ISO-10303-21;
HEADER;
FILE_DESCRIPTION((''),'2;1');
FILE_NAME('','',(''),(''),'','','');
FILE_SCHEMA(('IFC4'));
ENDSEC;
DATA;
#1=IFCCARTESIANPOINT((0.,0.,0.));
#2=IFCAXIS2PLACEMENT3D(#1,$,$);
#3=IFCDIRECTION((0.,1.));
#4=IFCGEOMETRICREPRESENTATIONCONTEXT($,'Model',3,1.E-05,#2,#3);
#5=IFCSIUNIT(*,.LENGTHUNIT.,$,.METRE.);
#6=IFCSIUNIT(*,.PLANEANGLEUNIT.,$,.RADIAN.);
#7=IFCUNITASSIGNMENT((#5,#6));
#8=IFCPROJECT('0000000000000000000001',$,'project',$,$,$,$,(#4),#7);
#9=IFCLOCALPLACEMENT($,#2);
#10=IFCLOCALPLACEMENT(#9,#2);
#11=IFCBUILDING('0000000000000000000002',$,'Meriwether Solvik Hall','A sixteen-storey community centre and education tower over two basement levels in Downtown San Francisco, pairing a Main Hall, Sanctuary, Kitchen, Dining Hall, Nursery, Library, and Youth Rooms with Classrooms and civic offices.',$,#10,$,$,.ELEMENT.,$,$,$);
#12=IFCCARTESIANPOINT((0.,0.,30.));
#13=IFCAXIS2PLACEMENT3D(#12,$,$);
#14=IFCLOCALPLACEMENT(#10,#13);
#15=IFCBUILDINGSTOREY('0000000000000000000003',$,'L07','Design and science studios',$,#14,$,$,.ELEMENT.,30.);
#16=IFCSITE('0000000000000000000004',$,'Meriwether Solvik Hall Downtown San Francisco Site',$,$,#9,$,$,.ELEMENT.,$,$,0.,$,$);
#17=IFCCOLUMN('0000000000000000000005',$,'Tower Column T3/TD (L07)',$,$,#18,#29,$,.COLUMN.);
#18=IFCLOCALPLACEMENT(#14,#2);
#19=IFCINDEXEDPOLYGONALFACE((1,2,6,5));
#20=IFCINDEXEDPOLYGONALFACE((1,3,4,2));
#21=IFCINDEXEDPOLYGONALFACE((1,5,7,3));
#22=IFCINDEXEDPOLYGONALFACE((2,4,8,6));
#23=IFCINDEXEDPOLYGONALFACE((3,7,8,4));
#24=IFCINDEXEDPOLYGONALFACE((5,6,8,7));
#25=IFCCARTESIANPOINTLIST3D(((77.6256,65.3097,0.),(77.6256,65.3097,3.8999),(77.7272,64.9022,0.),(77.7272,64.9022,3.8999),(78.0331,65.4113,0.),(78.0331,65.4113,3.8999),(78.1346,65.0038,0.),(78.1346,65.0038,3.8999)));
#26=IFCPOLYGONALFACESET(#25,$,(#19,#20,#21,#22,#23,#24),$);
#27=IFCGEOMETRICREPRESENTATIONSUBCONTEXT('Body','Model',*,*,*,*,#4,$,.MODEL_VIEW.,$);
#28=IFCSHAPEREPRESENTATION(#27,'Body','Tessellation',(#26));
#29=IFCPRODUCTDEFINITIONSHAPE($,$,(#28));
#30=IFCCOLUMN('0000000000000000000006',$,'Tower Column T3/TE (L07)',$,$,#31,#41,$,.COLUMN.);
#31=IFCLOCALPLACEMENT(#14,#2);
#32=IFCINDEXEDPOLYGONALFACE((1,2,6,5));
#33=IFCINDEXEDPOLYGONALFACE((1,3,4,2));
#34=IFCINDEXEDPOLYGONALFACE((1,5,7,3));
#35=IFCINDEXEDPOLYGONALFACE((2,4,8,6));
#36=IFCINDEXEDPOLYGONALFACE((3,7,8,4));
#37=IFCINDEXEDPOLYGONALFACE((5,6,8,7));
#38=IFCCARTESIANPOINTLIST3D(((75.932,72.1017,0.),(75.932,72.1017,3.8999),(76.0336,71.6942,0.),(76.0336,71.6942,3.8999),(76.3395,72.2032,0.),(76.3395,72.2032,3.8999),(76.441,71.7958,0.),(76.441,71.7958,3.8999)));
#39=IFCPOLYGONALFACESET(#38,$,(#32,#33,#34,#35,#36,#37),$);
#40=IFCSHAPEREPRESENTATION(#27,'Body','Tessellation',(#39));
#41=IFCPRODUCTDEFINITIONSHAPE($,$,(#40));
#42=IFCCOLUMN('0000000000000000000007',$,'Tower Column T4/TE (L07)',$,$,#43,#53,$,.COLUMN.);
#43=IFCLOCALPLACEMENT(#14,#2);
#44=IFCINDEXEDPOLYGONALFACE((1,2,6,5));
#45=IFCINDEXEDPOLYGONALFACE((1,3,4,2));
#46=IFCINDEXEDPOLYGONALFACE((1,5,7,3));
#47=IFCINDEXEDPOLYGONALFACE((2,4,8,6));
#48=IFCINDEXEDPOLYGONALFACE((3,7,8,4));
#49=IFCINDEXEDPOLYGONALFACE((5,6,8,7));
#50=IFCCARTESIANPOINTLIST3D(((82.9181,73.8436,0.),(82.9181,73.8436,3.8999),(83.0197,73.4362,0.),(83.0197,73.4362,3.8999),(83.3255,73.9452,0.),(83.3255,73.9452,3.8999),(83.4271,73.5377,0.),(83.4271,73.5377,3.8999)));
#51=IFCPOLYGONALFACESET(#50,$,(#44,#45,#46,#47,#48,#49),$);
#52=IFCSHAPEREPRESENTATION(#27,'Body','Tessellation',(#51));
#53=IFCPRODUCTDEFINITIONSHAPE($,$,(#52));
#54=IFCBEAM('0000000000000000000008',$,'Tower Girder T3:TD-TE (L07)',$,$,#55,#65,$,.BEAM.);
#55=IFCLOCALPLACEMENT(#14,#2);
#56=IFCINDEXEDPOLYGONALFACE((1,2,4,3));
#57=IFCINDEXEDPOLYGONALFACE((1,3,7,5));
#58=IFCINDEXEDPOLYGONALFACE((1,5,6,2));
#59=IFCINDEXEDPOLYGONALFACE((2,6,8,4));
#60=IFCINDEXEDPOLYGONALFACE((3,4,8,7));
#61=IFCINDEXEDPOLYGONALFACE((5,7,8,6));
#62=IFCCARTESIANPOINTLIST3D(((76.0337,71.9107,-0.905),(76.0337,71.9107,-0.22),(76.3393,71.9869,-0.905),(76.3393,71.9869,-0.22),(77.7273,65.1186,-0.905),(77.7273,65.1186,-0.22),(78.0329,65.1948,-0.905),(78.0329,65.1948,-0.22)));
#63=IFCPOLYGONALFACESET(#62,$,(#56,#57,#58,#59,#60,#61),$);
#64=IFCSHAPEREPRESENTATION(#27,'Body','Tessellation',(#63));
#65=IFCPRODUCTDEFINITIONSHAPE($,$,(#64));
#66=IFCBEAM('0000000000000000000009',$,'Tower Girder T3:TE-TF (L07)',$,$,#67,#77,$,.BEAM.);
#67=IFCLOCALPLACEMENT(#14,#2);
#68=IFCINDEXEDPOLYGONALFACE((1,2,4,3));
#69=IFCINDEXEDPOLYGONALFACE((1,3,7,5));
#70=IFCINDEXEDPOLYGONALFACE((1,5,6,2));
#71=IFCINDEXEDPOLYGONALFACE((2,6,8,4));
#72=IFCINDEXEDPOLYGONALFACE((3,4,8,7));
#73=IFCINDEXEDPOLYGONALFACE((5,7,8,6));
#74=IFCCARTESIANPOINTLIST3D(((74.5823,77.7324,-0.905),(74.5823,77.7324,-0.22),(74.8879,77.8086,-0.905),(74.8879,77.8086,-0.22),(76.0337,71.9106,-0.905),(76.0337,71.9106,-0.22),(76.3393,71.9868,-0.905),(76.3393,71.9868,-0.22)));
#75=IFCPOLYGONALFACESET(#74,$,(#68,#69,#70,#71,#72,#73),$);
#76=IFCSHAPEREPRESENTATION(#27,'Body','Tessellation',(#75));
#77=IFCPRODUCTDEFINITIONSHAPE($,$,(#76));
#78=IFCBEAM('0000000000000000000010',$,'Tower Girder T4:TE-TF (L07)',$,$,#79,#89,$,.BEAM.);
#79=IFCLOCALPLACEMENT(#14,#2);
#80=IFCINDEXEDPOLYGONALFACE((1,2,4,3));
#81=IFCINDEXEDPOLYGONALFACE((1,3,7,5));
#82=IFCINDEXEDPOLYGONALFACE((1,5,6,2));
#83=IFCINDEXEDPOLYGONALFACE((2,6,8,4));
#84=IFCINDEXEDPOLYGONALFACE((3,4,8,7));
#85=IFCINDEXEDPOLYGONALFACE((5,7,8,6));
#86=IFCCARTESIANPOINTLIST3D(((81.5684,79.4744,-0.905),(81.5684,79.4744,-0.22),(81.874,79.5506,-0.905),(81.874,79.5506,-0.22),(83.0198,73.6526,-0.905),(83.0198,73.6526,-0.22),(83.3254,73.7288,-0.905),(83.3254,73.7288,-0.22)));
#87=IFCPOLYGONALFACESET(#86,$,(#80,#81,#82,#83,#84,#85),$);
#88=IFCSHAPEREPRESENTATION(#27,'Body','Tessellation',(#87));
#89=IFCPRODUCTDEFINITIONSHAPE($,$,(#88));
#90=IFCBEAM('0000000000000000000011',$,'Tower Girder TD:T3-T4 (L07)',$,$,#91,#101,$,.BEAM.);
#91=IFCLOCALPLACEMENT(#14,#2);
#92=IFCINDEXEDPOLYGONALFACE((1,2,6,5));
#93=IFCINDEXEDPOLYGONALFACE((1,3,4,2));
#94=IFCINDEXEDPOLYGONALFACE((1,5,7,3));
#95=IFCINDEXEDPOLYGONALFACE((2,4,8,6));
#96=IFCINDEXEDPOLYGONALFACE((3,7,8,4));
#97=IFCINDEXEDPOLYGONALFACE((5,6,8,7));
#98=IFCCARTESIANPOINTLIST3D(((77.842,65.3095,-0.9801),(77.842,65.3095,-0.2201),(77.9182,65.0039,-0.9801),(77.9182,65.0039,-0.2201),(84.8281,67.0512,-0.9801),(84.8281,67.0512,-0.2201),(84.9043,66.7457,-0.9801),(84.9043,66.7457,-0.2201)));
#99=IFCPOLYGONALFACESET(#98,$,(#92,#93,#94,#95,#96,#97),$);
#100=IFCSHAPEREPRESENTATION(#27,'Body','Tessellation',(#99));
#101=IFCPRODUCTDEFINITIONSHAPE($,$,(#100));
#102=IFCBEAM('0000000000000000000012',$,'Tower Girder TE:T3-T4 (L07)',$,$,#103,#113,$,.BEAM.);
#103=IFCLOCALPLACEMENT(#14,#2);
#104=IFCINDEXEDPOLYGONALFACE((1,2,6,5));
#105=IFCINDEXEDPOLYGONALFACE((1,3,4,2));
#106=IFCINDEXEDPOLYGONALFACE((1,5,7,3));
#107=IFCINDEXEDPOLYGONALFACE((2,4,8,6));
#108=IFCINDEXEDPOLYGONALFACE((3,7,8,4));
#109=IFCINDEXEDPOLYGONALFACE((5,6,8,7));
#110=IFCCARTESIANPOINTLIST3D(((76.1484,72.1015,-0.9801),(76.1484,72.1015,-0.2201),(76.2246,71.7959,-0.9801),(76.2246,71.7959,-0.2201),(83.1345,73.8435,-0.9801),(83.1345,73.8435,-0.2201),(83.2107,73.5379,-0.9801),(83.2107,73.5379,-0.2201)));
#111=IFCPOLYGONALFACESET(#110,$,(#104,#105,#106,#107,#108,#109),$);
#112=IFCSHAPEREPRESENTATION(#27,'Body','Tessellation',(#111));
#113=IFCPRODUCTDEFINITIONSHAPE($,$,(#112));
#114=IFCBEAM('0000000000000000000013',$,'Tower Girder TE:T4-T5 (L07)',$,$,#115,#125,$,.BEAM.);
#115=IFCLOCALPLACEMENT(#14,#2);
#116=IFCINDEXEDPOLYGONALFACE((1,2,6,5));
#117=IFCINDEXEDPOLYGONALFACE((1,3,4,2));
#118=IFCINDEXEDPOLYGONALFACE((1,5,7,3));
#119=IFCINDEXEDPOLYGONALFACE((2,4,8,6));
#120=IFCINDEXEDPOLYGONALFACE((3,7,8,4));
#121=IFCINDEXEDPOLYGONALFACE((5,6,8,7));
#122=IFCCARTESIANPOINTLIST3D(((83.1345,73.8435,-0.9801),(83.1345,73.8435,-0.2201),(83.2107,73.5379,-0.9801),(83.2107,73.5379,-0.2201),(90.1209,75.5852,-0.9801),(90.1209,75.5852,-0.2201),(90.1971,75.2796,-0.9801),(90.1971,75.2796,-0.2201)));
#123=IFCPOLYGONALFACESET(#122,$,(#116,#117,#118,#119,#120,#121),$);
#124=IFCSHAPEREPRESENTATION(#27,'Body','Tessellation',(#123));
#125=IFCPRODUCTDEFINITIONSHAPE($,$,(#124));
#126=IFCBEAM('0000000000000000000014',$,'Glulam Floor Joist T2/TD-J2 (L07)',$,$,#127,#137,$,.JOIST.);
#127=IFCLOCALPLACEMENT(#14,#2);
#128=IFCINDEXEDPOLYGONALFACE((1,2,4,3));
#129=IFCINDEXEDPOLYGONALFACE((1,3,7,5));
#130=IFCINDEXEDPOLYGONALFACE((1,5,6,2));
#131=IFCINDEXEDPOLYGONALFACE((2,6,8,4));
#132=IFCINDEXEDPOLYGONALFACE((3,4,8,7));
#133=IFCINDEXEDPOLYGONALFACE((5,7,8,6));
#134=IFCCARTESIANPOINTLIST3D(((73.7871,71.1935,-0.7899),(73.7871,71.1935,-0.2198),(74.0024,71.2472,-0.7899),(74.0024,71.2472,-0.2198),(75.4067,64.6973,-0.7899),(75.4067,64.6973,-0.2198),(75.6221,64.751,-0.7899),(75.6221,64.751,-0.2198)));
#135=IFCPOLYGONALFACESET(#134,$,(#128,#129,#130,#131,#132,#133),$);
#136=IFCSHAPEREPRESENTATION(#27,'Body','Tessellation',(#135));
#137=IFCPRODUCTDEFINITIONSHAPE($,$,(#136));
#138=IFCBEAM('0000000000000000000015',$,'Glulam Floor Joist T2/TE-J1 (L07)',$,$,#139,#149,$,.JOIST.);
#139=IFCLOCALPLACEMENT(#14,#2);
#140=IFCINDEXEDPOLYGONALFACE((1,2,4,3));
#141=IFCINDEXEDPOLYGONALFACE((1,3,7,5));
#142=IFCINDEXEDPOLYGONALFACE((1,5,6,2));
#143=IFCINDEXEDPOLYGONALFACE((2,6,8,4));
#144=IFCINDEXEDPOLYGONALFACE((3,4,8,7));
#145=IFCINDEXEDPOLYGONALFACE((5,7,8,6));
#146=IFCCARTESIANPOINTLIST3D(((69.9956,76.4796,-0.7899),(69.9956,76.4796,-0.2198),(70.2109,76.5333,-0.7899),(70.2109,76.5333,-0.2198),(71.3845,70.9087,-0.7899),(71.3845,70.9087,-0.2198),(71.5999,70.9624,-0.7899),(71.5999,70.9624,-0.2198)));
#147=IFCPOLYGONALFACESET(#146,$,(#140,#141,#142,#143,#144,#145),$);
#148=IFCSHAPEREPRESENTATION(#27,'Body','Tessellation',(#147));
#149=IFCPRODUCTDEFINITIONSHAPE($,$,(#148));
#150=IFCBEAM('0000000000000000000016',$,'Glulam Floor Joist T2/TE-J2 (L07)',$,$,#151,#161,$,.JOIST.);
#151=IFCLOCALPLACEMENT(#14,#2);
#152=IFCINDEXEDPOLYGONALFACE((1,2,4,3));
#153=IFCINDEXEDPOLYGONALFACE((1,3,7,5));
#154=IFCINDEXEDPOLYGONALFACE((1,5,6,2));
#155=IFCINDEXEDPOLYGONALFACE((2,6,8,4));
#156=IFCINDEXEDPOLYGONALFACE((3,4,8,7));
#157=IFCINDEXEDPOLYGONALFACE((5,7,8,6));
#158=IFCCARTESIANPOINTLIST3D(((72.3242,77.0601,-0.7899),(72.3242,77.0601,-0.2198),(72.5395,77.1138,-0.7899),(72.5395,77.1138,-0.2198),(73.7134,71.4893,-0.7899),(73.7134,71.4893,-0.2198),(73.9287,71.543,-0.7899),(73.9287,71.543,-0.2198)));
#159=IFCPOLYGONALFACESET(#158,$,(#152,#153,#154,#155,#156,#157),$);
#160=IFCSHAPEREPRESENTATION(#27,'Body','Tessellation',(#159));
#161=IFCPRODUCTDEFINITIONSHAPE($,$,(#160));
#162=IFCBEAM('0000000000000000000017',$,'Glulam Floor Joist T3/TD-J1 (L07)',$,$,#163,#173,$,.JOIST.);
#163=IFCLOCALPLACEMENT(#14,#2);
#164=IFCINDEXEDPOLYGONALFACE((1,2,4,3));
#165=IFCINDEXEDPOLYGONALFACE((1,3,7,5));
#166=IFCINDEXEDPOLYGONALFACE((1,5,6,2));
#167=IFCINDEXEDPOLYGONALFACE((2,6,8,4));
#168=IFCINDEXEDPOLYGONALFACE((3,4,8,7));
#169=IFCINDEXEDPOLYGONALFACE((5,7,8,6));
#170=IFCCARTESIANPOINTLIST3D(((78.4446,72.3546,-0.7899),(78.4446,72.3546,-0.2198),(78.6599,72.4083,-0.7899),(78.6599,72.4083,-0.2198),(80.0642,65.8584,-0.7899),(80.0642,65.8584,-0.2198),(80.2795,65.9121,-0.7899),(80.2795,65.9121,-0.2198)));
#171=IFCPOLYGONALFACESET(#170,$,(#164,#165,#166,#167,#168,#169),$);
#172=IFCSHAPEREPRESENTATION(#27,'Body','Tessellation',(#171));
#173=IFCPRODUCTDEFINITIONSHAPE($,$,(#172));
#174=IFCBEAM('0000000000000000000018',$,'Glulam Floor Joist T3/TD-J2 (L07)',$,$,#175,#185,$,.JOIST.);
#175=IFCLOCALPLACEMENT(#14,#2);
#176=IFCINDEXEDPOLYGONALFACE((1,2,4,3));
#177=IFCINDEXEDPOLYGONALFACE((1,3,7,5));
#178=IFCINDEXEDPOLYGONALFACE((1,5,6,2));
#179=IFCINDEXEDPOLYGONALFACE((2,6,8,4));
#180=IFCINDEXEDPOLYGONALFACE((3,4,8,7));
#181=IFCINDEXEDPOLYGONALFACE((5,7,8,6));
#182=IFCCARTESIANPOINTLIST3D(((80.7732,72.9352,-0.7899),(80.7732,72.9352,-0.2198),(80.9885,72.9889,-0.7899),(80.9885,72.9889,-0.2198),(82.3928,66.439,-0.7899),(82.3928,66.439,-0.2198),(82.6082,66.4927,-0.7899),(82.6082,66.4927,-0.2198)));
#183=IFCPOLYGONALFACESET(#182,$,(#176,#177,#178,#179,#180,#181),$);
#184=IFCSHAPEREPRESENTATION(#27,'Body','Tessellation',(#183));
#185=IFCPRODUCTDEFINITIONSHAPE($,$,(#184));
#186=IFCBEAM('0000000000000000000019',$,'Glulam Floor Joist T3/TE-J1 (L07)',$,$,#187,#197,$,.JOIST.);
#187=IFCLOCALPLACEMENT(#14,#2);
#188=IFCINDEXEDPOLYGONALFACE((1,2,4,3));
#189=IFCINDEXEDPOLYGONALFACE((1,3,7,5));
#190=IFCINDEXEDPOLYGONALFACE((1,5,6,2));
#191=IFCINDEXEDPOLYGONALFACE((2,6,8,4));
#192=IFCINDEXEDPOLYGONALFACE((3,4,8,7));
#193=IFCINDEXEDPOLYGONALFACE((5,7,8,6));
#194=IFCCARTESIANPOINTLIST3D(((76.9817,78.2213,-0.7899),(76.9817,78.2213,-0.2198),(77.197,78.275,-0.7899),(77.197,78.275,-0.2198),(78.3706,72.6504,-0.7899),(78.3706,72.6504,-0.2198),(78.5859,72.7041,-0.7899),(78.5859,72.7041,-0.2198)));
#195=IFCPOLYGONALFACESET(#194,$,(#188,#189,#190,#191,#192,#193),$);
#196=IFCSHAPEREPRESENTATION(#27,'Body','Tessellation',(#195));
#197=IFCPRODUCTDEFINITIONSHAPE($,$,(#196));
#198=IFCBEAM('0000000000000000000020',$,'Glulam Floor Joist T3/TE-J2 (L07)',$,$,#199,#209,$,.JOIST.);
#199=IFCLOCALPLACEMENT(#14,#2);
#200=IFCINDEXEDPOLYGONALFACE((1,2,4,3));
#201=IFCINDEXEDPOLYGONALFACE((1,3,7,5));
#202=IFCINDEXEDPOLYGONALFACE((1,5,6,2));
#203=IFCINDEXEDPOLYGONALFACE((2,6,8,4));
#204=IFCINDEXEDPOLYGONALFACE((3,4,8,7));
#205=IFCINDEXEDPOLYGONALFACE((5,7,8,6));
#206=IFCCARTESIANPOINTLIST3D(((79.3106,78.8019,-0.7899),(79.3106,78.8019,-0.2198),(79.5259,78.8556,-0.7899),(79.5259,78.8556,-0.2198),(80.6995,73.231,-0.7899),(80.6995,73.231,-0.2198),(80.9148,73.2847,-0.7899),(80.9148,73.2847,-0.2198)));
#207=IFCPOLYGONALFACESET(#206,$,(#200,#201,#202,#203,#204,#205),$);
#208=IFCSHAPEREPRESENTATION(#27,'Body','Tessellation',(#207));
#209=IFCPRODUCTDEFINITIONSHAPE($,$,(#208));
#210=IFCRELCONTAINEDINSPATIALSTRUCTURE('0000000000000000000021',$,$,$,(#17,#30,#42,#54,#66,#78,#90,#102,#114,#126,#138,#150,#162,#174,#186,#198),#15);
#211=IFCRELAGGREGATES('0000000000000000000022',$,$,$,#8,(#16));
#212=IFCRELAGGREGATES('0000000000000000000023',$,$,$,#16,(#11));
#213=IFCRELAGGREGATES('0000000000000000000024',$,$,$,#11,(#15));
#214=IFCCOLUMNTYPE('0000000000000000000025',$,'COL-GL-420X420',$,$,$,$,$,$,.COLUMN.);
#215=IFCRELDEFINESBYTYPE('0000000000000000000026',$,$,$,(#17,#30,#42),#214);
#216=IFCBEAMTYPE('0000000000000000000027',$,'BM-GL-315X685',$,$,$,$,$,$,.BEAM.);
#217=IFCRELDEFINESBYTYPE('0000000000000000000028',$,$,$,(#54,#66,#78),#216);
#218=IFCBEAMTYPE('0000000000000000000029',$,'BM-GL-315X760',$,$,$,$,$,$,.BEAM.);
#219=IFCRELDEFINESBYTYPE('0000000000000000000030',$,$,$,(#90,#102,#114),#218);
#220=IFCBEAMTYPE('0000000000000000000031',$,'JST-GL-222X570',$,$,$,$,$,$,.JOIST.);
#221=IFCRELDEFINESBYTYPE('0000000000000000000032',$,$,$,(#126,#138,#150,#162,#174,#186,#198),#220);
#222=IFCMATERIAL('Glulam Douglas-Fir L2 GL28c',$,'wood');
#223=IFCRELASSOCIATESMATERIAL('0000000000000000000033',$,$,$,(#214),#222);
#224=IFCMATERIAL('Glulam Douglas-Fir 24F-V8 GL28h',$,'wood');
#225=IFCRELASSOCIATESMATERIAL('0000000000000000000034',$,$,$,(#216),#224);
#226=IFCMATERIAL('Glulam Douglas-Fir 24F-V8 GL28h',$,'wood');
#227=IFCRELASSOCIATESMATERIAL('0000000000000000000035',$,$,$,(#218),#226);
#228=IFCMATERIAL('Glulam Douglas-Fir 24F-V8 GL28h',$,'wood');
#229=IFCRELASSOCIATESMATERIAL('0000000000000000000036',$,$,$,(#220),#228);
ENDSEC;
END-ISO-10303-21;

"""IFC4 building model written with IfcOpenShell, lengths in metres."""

from ifc_helpers import new_model, si_unit, direction, frame, origin, origin_2d, place, context, subcontext, project, spatial, rectangle, extrude, material, material_profile, profile_set, type_object, element, save


model = new_model("IFC4")

# Units and contexts
model_context = context("Model", 3, precision=1e-05, world=origin(), true_north=direction((0.0, 1.0)))
body_context = subcontext(model_context, "Body", "Model", "MODEL_VIEW")
ifc_project = project(units=[si_unit("LENGTHUNIT", "METRE"), si_unit("PLANEANGLEUNIT", "RADIAN")], contexts=[model_context])

# Site, building, storey
site_placement = place(None, origin())
site = spatial("IfcSite", under=ifc_project, at=site_placement, Name="Meriwether Solvik Hall Downtown San Francisco Site", CompositionType="ELEMENT", RefElevation=0.0)
building_placement = place(site_placement, origin())
building = spatial("IfcBuilding", under=site, at=building_placement, Name="Meriwether Solvik Hall", Description="A sixteen-storey community centre and education tower over two basement levels in Downtown San Francisco, pairing a Main Hall, Sanctuary, Kitchen, Dining Hall, Nursery, Library, and Youth Rooms with Classrooms and civic offices.", CompositionType="ELEMENT")
storey_placement = place(building_placement, frame((0.0, 0.0, 30.0)))
storey = spatial("IfcBuildingStorey", under=building, at=storey_placement, Name="L07", Description="Design and science studios", CompositionType="ELEMENT", Elevation=30.0)

# Columns
ifc_material_1 = material(Name="Glulam Douglas-Fir L2 GL28c", Category="wood")
ifc_material_profile_1 = material_profile(ifc_material_1, rectangle(XDim=0.4199, YDim=0.4199, at=origin_2d()), Name="GLC-420X420")
ifc_profile_set_1 = profile_set([ifc_material_profile_1], Name="Glulam Douglas-Fir L2 GL28c")
column_type = type_object("IfcColumnType", Name="COL-GL-420X420", PredefinedType="COLUMN", material=ifc_profile_set_1)
for number, where, z_axis, x_axis, name in (
    (1, (77.8801, 65.1567, 0.0), (0.0, 0.0, 1.0), (0.970296, 0.241922, 0.0), "Tower Column T3/TD (L07)"),
    (2, (76.1865, 71.9487, 0.0), (0.0, 0.0, 1.0), (0.970296, 0.241922, 0.0), "Tower Column T3/TE (L07)"),
    (3, (83.1726, 73.6907, 0.0), (0.0, 0.0, 1.0), (0.970296, 0.241922, 0.0), "Tower Column T4/TE (L07)"),
):
    element("IfcColumn", number, at=place(storey_placement, frame(where, z_axis=z_axis, x_axis=x_axis)), inside=storey, type_object=column_type, Name=name, PredefinedType="COLUMN", context=body_context, shape_type="SweptSolid", body=[
        extrude(rectangle(XDim=0.4199, YDim=0.4199, at=origin_2d()), origin(), (0.0, 0.0, 1.0), 3.8999),
    ])

# Beams
ifc_material_2 = material(Name="Glulam Douglas-Fir 24F-V8 GL28h", Category="wood")
ifc_material_profile_2 = material_profile(ifc_material_2, rectangle(XDim=0.3149, YDim=0.6851, at=origin_2d()), Name="GLB-315X685")
ifc_profile_set_2 = profile_set([ifc_material_profile_2], Name="Glulam Douglas-Fir 24F-V8 GL28h")
beam_type_1 = type_object("IfcBeamType", Name="BM-GL-315X685", PredefinedType="BEAM", material=ifc_profile_set_2)
beam_1_placement = place(storey_placement, frame((77.8801, 65.1567, -0.5625), z_axis=(-0.241945, 0.97029, 0.0), x_axis=(-0.97029, -0.241945, 0.0)))
element("IfcBeam", 4, at=beam_1_placement, inside=storey, type_object=beam_type_1, Name="Tower Girder T3:TD-TE (L07)", PredefinedType="BEAM", context=body_context, shape_type="SweptSolid", body=[
    extrude(rectangle(XDim=0.3149, YDim=0.6851, at=origin_2d()), origin(), (0.0, 0.0, 1.0), 7.0),
])
for number, where, z_axis, x_axis, name in (
    (5, (76.1865, 71.9487, -0.5625), (-0.241904, 0.9703, 0.0), (-0.9703, -0.241904, 0.0), "Tower Girder T3:TE-TF (L07)"),
    (6, (83.1726, 73.6907, -0.5625), (-0.241904, 0.9703, 0.0), (-0.9703, -0.241904, 0.0), "Tower Girder T4:TE-TF (L07)"),
):
    element("IfcBeam", number, at=place(storey_placement, frame(where, z_axis=z_axis, x_axis=x_axis)), inside=storey, type_object=beam_type_1, Name=name, PredefinedType="BEAM", context=body_context, shape_type="SweptSolid", body=[
        extrude(rectangle(XDim=0.3149, YDim=0.6851, at=origin_2d()), origin(), (0.0, 0.0, 1.0), 6.0),
    ])
ifc_material_3 = material(Name="Glulam Douglas-Fir 24F-V8 GL28h", Category="wood")
ifc_material_profile_3 = material_profile(ifc_material_3, rectangle(XDim=0.3149, YDim=0.76, at=origin_2d()), Name="GLB-315X760")
ifc_profile_set_3 = profile_set([ifc_material_profile_3], Name="Glulam Douglas-Fir 24F-V8 GL28h")
beam_type_2 = type_object("IfcBeamType", Name="BM-GL-315X760", PredefinedType="BEAM", material=ifc_profile_set_3)
for number, where, z_axis, x_axis, name in (
    (7, (77.8801, 65.1567, -0.6001), (0.9703, 0.241905, 0.0), (-0.241905, 0.9703, 0.0), "Tower Girder TD:T3-T4 (L07)"),
    (8, (76.1865, 71.9487, -0.6001), (0.970292, 0.241937, 0.0), (-0.241937, 0.970292, 0.0), "Tower Girder TE:T3-T4 (L07)"),
):
    element("IfcBeam", number, at=place(storey_placement, frame(where, z_axis=z_axis, x_axis=x_axis)), inside=storey, type_object=beam_type_2, Name=name, PredefinedType="BEAM", context=body_context, shape_type="SweptSolid", body=[
        extrude(rectangle(XDim=0.3149, YDim=0.76, at=origin_2d()), origin(), (0.0, 0.0, 1.0), 7.2),
    ])
beam_2_placement = place(storey_placement, frame((83.1726, 73.6907, -0.6001), z_axis=(0.970302, 0.241897, 0.0), x_axis=(-0.241897, 0.970302, 0.0)))
element("IfcBeam", 9, at=beam_2_placement, inside=storey, type_object=beam_type_2, Name="Tower Girder TE:T4-T5 (L07)", PredefinedType="BEAM", context=body_context, shape_type="SweptSolid", body=[
    extrude(rectangle(XDim=0.3149, YDim=0.76, at=origin_2d()), origin(), (0.0, 0.0, 1.0), 7.2002),
])
ifc_material_4 = material(Name="Glulam Douglas-Fir 24F-V8 GL28h", Category="wood")
ifc_material_profile_4 = material_profile(ifc_material_4, rectangle(XDim=0.2219, YDim=0.5701, at=origin_2d()), Name="GLJ-222X570")
ifc_profile_set_4 = profile_set([ifc_material_profile_4], Name="Glulam Douglas-Fir 24F-V8 GL28h")
beam_type_3 = type_object("IfcBeamType", Name="JST-GL-222X570", PredefinedType="JOIST", material=ifc_profile_set_4)
beam_3_placement = place(storey_placement, frame((75.5144, 64.7241, -0.5049), z_axis=(-0.241918, 0.970297, 0.0), x_axis=(-0.970297, -0.241918, 0.0)))
element("IfcBeam", 10, at=beam_3_placement, inside=storey, type_object=beam_type_3, Name="Glulam Floor Joist T2/TD-J2 (L07)", PredefinedType="JOIST", context=body_context, shape_type="SweptSolid", body=[
    extrude(rectangle(XDim=0.2219, YDim=0.5701, at=origin_2d()), origin(), (0.0, 0.0, 1.0), 6.6951),
])
for number, where, z_axis, x_axis, name in (
    (11, (71.4922, 70.9355, -0.5049), (-0.241915, 0.970297, 0.0), (-0.970297, -0.241915, 0.0), "Glulam Floor Joist T2/TE-J1 (L07)"),
    (12, (73.821, 71.5161, -0.5049), (-0.241955, 0.970287, 0.0), (-0.970287, -0.241955, 0.0), "Glulam Floor Joist T2/TE-J2 (L07)"),
):
    element("IfcBeam", number, at=place(storey_placement, frame(where, z_axis=z_axis, x_axis=x_axis)), inside=storey, type_object=beam_type_3, Name=name, PredefinedType="JOIST", context=body_context, shape_type="SweptSolid", body=[
        extrude(rectangle(XDim=0.2219, YDim=0.5701, at=origin_2d()), origin(), (0.0, 0.0, 1.0), 5.7415),
    ])
for number, where, z_axis, x_axis, name in (
    (13, (80.1719, 65.8853, -0.5049), (-0.241918, 0.970297, 0.0), (-0.970297, -0.241918, 0.0), "Glulam Floor Joist T3/TD-J1 (L07)"),
    (14, (82.5005, 66.4658, -0.5049), (-0.241918, 0.970297, 0.0), (-0.970297, -0.241918, 0.0), "Glulam Floor Joist T3/TD-J2 (L07)"),
):
    element("IfcBeam", number, at=place(storey_placement, frame(where, z_axis=z_axis, x_axis=x_axis)), inside=storey, type_object=beam_type_3, Name=name, PredefinedType="JOIST", context=body_context, shape_type="SweptSolid", body=[
        extrude(rectangle(XDim=0.2219, YDim=0.5701, at=origin_2d()), origin(), (0.0, 0.0, 1.0), 6.6951),
    ])
for number, where, z_axis, x_axis, name in (
    (15, (78.4783, 72.6772, -0.5049), (-0.241905, 0.9703, 0.0), (-0.9703, -0.241905, 0.0), "Glulam Floor Joist T3/TE-J1 (L07)"),
    (16, (80.8071, 73.2578, -0.5049), (-0.241905, 0.9703, 0.0), (-0.9703, -0.241905, 0.0), "Glulam Floor Joist T3/TE-J2 (L07)"),
):
    element("IfcBeam", number, at=place(storey_placement, frame(where, z_axis=z_axis, x_axis=x_axis)), inside=storey, type_object=beam_type_3, Name=name, PredefinedType="JOIST", context=body_context, shape_type="SweptSolid", body=[
        extrude(rectangle(XDim=0.2219, YDim=0.5701, at=origin_2d()), origin(), (0.0, 0.0, 1.0), 5.7415),
    ])

save(model, "model.ifc")
